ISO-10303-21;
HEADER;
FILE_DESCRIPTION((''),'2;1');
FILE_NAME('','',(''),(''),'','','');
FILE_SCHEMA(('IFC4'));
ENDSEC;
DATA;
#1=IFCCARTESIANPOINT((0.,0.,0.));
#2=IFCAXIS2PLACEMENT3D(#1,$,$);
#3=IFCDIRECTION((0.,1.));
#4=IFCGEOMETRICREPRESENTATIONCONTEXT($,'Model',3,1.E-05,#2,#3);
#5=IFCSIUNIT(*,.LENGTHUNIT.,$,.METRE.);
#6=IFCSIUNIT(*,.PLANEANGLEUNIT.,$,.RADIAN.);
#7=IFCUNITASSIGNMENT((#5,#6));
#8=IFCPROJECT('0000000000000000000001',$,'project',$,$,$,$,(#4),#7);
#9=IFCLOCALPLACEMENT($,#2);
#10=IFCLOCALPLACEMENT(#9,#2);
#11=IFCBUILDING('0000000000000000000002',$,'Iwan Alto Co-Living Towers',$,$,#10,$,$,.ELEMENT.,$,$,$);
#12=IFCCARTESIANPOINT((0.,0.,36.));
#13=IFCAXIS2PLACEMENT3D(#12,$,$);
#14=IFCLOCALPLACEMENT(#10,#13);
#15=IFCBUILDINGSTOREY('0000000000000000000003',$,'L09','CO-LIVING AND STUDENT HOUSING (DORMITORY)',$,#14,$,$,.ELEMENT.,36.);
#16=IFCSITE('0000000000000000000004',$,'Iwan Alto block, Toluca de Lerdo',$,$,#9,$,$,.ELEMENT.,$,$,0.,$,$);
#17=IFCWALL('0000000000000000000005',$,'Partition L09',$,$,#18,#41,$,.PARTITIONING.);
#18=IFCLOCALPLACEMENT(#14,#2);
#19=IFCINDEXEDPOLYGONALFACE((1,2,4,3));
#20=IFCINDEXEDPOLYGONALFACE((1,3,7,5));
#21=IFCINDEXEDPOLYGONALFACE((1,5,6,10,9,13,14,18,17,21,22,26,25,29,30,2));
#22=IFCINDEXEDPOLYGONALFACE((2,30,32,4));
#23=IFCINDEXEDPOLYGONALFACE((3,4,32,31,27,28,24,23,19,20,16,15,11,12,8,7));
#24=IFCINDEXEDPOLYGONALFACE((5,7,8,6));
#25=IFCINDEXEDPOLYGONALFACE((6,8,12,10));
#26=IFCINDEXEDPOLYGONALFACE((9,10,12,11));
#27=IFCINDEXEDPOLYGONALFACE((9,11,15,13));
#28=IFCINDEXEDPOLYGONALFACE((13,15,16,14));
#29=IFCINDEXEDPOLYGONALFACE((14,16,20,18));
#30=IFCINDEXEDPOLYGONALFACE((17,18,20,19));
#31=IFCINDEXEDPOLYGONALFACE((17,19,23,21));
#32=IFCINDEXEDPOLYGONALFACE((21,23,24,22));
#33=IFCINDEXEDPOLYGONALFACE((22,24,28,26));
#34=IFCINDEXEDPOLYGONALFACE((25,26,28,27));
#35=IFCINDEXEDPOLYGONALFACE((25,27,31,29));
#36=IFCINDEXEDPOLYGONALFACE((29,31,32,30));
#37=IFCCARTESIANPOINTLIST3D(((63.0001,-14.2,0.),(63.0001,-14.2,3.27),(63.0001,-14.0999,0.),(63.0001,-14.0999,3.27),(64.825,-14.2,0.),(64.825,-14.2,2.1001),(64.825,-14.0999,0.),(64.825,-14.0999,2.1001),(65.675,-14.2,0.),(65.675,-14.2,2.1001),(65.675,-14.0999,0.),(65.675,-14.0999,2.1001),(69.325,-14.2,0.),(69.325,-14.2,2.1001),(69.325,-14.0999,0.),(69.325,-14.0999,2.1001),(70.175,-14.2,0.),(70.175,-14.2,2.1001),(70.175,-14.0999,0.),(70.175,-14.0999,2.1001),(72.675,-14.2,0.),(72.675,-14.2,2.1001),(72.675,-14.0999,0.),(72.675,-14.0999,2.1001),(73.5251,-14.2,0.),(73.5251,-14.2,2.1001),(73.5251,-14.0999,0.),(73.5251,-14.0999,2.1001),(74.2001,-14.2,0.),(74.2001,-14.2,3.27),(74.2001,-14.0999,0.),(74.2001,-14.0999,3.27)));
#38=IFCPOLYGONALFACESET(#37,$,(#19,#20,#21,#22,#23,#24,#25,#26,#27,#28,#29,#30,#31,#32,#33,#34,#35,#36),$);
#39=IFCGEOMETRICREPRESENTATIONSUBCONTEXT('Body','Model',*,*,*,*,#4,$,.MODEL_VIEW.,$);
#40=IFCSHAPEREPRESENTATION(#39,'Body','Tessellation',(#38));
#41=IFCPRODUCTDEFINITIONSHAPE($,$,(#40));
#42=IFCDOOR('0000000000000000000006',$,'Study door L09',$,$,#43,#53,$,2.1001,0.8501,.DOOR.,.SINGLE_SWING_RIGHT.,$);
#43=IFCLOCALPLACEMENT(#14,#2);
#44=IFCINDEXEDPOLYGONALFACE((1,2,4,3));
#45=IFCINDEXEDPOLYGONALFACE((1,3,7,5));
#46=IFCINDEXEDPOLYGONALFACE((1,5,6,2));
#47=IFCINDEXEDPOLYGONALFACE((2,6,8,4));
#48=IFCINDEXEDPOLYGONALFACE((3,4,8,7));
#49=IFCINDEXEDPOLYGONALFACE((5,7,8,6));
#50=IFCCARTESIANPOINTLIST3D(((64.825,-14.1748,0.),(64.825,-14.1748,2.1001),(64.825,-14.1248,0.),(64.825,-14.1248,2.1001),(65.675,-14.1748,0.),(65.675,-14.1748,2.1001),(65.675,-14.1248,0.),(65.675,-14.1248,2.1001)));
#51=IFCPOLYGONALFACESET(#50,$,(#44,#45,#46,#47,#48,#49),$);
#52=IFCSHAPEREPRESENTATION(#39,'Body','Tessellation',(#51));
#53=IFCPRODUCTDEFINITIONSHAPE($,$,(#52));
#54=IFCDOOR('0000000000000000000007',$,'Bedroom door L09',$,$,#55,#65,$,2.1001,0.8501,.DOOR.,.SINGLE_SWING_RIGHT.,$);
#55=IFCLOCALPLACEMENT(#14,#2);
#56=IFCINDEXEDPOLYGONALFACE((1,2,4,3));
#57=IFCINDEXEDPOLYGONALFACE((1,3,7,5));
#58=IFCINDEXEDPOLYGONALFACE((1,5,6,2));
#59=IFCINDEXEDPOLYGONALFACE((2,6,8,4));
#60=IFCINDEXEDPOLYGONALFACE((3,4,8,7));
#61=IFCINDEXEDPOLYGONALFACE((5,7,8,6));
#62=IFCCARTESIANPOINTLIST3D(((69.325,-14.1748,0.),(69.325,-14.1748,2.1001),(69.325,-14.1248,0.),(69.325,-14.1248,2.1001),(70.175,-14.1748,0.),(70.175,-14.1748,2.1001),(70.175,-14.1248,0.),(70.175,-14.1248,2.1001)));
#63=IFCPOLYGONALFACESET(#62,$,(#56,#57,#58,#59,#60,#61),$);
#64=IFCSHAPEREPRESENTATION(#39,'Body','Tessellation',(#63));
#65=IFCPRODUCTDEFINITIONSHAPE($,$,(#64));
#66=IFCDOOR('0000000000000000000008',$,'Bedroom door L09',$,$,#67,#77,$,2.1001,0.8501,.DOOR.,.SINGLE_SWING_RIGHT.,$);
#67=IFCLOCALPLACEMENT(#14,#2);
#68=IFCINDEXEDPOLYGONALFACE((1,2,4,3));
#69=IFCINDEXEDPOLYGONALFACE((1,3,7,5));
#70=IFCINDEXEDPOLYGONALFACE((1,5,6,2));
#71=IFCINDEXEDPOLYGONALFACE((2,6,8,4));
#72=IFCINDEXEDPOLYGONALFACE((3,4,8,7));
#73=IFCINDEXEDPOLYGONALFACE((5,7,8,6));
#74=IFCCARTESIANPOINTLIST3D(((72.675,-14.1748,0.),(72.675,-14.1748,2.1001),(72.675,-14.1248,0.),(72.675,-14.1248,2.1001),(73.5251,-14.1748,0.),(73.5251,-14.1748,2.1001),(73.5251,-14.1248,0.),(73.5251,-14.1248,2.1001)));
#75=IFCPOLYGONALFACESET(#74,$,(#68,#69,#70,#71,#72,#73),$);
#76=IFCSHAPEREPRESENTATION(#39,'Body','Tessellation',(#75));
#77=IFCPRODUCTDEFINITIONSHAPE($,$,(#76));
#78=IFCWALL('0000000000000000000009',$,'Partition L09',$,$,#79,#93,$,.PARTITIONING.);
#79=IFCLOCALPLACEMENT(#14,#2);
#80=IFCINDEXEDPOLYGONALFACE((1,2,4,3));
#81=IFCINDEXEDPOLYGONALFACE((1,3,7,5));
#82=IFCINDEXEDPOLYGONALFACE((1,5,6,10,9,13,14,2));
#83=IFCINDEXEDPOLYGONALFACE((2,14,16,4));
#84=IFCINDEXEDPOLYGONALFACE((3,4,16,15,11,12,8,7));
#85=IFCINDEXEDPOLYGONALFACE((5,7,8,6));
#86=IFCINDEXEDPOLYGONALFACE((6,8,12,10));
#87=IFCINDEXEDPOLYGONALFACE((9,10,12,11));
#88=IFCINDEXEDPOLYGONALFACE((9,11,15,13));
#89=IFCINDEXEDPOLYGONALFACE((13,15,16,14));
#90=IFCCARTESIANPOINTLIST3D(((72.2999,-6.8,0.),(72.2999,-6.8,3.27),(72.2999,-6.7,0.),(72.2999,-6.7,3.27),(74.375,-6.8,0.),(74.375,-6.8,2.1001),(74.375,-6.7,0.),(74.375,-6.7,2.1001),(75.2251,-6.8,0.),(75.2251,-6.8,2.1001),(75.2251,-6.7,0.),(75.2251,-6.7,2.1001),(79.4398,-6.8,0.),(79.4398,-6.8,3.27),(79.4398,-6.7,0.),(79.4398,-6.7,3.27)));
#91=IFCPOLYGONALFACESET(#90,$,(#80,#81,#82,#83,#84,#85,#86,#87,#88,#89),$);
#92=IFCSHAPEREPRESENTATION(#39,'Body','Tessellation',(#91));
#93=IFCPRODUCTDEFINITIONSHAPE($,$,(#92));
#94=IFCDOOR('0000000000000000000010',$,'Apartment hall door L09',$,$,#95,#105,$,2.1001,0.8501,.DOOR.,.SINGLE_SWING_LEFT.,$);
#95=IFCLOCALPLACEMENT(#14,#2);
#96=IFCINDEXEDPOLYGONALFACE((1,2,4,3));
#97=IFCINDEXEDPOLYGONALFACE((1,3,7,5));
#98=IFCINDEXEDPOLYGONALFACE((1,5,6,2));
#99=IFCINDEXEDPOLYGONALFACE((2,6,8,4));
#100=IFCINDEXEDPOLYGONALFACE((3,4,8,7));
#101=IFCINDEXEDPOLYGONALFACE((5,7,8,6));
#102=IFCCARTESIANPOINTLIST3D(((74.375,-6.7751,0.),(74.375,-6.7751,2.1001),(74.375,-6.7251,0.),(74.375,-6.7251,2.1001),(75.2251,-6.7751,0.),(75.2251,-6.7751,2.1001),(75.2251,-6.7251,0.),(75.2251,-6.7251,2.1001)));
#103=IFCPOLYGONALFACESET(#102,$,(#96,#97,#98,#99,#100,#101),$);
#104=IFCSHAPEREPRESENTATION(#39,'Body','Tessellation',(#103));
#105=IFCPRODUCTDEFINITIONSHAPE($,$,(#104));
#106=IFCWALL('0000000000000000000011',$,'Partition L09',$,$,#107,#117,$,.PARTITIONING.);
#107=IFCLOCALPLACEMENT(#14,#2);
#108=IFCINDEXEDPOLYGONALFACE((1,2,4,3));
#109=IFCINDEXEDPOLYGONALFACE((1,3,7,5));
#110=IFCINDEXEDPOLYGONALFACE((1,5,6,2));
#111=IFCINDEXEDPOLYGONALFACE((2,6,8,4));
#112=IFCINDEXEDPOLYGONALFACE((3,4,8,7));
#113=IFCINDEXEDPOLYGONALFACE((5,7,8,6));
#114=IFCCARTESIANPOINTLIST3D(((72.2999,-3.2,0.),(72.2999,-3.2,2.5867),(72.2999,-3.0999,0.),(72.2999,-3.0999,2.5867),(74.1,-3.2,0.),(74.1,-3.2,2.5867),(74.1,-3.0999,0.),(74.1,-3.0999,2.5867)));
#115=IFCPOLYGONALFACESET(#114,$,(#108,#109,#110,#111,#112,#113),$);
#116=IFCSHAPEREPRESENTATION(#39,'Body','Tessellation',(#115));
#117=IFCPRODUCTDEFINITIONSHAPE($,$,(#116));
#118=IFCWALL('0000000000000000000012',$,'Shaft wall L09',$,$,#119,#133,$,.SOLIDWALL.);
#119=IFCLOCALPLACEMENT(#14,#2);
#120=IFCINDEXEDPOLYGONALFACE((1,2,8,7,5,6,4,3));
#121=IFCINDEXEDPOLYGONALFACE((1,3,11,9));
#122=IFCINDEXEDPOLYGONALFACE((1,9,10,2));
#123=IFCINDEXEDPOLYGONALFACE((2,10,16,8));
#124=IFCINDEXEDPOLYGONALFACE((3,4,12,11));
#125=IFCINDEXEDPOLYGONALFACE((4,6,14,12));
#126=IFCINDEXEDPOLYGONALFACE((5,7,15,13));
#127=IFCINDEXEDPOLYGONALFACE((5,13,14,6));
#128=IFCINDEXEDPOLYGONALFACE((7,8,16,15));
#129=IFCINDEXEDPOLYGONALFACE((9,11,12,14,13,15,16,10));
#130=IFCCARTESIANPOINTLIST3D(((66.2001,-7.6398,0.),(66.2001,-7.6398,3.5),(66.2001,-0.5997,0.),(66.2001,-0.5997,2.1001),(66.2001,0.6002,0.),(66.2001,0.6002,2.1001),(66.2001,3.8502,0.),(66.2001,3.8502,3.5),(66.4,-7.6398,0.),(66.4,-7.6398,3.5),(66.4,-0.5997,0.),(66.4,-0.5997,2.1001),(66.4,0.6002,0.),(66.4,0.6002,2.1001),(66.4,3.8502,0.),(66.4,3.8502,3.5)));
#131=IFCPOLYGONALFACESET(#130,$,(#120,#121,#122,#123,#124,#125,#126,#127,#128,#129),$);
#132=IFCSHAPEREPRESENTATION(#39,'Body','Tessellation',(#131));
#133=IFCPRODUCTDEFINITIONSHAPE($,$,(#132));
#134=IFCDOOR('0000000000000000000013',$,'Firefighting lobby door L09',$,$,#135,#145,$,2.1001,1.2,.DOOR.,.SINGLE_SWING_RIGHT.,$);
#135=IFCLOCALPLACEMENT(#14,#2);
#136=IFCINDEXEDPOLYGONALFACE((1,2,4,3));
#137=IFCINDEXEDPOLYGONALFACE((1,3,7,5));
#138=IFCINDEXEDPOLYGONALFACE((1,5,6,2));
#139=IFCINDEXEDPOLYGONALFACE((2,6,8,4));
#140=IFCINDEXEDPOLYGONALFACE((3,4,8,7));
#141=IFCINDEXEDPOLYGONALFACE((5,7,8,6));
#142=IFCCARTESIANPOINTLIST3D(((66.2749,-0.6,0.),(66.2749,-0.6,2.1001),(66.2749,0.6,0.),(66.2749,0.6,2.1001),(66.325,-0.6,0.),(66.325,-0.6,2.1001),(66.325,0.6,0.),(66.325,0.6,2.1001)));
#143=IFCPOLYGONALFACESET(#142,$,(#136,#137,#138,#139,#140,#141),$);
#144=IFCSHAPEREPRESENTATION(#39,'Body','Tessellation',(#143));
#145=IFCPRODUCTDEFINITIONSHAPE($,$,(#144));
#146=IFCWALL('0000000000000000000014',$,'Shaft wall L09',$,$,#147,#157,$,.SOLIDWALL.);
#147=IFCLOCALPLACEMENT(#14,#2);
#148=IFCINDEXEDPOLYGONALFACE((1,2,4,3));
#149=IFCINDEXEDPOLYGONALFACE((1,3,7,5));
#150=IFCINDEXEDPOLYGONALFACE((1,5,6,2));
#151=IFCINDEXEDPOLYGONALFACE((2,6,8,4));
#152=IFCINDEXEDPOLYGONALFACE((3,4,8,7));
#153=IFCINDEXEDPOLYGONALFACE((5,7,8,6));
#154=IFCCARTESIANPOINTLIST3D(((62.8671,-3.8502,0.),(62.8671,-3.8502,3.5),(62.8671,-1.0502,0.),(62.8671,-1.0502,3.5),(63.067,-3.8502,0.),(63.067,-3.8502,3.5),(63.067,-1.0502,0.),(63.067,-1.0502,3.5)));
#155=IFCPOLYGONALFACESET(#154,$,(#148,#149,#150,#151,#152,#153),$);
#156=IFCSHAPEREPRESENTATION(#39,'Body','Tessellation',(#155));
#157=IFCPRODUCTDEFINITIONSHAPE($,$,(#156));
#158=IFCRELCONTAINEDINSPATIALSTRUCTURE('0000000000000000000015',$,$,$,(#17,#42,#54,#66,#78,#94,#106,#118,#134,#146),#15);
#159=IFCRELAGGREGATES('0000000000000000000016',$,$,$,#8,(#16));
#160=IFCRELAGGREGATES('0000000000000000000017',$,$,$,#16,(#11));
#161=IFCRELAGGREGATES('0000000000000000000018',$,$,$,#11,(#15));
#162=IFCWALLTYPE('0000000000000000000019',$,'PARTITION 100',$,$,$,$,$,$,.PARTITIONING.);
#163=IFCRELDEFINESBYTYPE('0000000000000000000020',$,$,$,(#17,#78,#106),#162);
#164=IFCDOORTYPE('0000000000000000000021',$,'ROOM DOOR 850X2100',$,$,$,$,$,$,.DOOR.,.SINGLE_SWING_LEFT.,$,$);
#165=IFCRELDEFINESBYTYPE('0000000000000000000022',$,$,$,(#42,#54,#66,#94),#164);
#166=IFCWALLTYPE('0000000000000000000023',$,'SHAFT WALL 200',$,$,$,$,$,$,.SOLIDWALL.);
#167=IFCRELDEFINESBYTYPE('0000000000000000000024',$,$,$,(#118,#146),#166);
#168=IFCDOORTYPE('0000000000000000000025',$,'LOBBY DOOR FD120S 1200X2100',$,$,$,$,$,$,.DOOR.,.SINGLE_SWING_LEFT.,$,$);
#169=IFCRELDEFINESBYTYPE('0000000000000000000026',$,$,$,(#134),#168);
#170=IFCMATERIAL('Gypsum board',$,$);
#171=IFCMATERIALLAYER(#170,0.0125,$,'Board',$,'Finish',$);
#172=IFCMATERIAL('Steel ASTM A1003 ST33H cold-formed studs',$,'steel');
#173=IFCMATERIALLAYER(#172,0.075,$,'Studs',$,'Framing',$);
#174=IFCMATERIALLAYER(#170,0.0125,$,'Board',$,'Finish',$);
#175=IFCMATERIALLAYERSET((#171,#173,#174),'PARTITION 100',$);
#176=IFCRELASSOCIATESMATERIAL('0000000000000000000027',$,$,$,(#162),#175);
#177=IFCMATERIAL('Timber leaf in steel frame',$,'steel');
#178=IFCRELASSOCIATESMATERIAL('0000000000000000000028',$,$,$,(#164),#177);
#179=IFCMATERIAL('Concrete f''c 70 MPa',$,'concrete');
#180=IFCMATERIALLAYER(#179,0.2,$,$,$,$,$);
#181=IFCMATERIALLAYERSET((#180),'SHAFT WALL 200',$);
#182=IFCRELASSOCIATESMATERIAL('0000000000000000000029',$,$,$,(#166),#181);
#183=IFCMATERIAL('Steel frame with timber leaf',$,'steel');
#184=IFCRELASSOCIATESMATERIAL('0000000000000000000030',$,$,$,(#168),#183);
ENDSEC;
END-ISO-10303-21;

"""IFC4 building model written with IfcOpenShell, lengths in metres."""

from ifc_helpers import new_model, si_unit, direction, frame, frame_2d, origin, place, context, subcontext, project, spatial, rectangle, extrude, material, layer, layer_set, type_object, element, fill, save


model = new_model("IFC4")

# Units and contexts
model_context = context("Model", 3, precision=1e-05, world=origin(), true_north=direction((0.0, 1.0)))
body_context = subcontext(model_context, "Body", "Model", "MODEL_VIEW")
ifc_project = project(units=[si_unit("LENGTHUNIT", "METRE"), si_unit("PLANEANGLEUNIT", "RADIAN")], contexts=[model_context])

# Site, building, storey
site_placement = place(None, origin())
site = spatial("IfcSite", under=ifc_project, at=site_placement, Name="Iwan Alto block, Toluca de Lerdo", CompositionType="ELEMENT", RefElevation=0.0)
building_placement = place(site_placement, origin())
building = spatial("IfcBuilding", under=site, at=building_placement, Name="Iwan Alto Co-Living Towers", CompositionType="ELEMENT")
storey_placement = place(building_placement, frame((0.0, 0.0, 36.0)))
storey = spatial("IfcBuildingStorey", under=building, at=storey_placement, Name="L09", Description="CO-LIVING AND STUDENT HOUSING (DORMITORY)", CompositionType="ELEMENT", Elevation=36.0)

# Shared definitions
ifc_material_1 = material(Name="Gypsum board")
ifc_material_2 = material(Name="Steel ASTM A1003 ST33H cold-formed studs", Category="steel")

# Wall, openings, doors
ifc_layer_1 = layer(ifc_material_1, 0.0125, Name="Board", Category="Finish")
ifc_layer_2 = layer(ifc_material_2, 0.075, Name="Studs", Category="Framing")
ifc_layer_3 = layer(ifc_material_1, 0.0125, Name="Board", Category="Finish")
ifc_layer_set_1 = layer_set([ifc_layer_1, ifc_layer_2, ifc_layer_3], Name="PARTITION 100")
wall_type_1 = type_object("IfcWallType", Name="PARTITION 100", PredefinedType="PARTITIONING", material=ifc_layer_set_1)
wall_1_placement = place(storey_placement, frame((63.0, -14.1499, 0.0), z_axis=(0.0, 0.0, 1.0), x_axis=(1.0, 0.0, 0.0)))
wall_1 = element("IfcWall", 1, at=wall_1_placement, inside=storey, type_object=wall_type_1, Name="Partition L09", PredefinedType="PARTITIONING", context=body_context, shape_type="SweptSolid", body=[
    extrude(rectangle(XDim=11.2, YDim=0.1001, at=frame_2d((5.6001, 0.0))), origin(), (0.0, 0.0, 1.0), 3.27),
])
opening_1_placement = place(wall_1_placement, frame((1.825, 0.0, 0.0)))
opening_1 = element("IfcOpeningElement", 2, at=opening_1_placement, cuts=wall_1, PredefinedType="OPENING", context=body_context, shape_type="SweptSolid", body=[
    extrude(rectangle(XDim=0.8501, YDim=2.1001, at=frame_2d((0.425, 1.05))), frame((0.0, 0.0601, 0.0), z_axis=(0.0, -1.0, 0.0), x_axis=(1.0, 0.0, 0.0)), (0.0, 0.0, 1.0), 0.1201),
])
opening_2_placement = place(wall_1_placement, frame((6.325, 0.0, 0.0)))
opening_2 = element("IfcOpeningElement", 3, at=opening_2_placement, cuts=wall_1, PredefinedType="OPENING", context=body_context, shape_type="SweptSolid", body=[
    extrude(rectangle(XDim=0.8501, YDim=2.1001, at=frame_2d((0.425, 1.05))), frame((0.0, 0.0601, 0.0), z_axis=(0.0, -1.0, 0.0), x_axis=(1.0, 0.0, 0.0)), (0.0, 0.0, 1.0), 0.1201),
])
opening_3_placement = place(wall_1_placement, frame((9.675, 0.0, 0.0)))
opening_3 = element("IfcOpeningElement", 4, at=opening_3_placement, cuts=wall_1, PredefinedType="OPENING", context=body_context, shape_type="SweptSolid", body=[
    extrude(rectangle(XDim=0.8501, YDim=2.1001, at=frame_2d((0.425, 1.05))), frame((0.0, 0.0601, 0.0), z_axis=(0.0, -1.0, 0.0), x_axis=(1.0, 0.0, 0.0)), (0.0, 0.0, 1.0), 0.1201),
])
ifc_material_3 = material(Name="Timber leaf in steel frame", Category="steel")
door_type_1 = type_object("IfcDoorType", Name="ROOM DOOR 850X2100", OperationType="SINGLE_SWING_LEFT", PredefinedType="DOOR", material=ifc_material_3)
door_1_placement = place(opening_1_placement, frame((0.8501, 0.0, 0.0), z_axis=(0.0, 0.0, 1.0), x_axis=(-1.0, 0.0, 0.0)))
door_1 = element("IfcDoor", 5, at=door_1_placement, inside=storey, type_object=door_type_1, Name="Study door L09", OperationType="SINGLE_SWING_RIGHT", OverallHeight=2.1001, OverallWidth=0.8501, PredefinedType="DOOR", context=body_context, shape_type="SweptSolid", body=[
    extrude(rectangle(XDim=0.8501, YDim=2.1001, at=frame_2d((0.425, 1.05))), frame((0.0, 0.0249, 0.0), z_axis=(0.0, -1.0, 0.0), x_axis=(1.0, 0.0, 0.0)), (0.0, 0.0, 1.0), 0.05),
])
fill(opening_1, door_1)
door_2_placement = place(opening_2_placement, frame((0.8501, 0.0, 0.0), z_axis=(0.0, 0.0, 1.0), x_axis=(-1.0, 0.0, 0.0)))
door_2 = element("IfcDoor", 6, at=door_2_placement, inside=storey, type_object=door_type_1, Name="Bedroom door L09", OperationType="SINGLE_SWING_RIGHT", OverallHeight=2.1001, OverallWidth=0.8501, PredefinedType="DOOR", context=body_context, shape_type="SweptSolid", body=[
    extrude(rectangle(XDim=0.8501, YDim=2.1001, at=frame_2d((0.425, 1.05))), frame((0.0, 0.0249, 0.0), z_axis=(0.0, -1.0, 0.0), x_axis=(1.0, 0.0, 0.0)), (0.0, 0.0, 1.0), 0.05),
])
fill(opening_2, door_2)
door_3_placement = place(opening_3_placement, frame((0.8501, 0.0, 0.0), z_axis=(0.0, 0.0, 1.0), x_axis=(-1.0, 0.0, 0.0)))
door_3 = element("IfcDoor", 7, at=door_3_placement, inside=storey, type_object=door_type_1, Name="Bedroom door L09", OperationType="SINGLE_SWING_RIGHT", OverallHeight=2.1001, OverallWidth=0.8501, PredefinedType="DOOR", context=body_context, shape_type="SweptSolid", body=[
    extrude(rectangle(XDim=0.8501, YDim=2.1001, at=frame_2d((0.425, 1.05))), frame((0.0, 0.0249, 0.0), z_axis=(0.0, -1.0, 0.0), x_axis=(1.0, 0.0, 0.0)), (0.0, 0.0, 1.0), 0.05),
])
fill(opening_3, door_3)

# Wall, opening, door
wall_2_placement = place(storey_placement, frame((72.3, -6.75, 0.0), z_axis=(0.0, 0.0, 1.0), x_axis=(1.0, 0.0, 0.0)))
wall_2 = element("IfcWall", 8, at=wall_2_placement, inside=storey, type_object=wall_type_1, Name="Partition L09", PredefinedType="PARTITIONING", context=body_context, shape_type="SweptSolid", body=[
    extrude(rectangle(XDim=7.1399, YDim=0.1001, at=frame_2d((3.5698, 0.0))), origin(), (0.0, 0.0, 1.0), 3.27),
])
opening_4_placement = place(wall_2_placement, frame((2.075, 0.0, 0.0)))
opening_4 = element("IfcOpeningElement", 9, at=opening_4_placement, cuts=wall_2, PredefinedType="OPENING", context=body_context, shape_type="SweptSolid", body=[
    extrude(rectangle(XDim=0.8501, YDim=2.1001, at=frame_2d((0.425, 1.05))), frame((0.0, 0.0601, 0.0), z_axis=(0.0, -1.0, 0.0), x_axis=(1.0, 0.0, 0.0)), (0.0, 0.0, 1.0), 0.1201),
])
door_4_placement = place(opening_4_placement, origin())
door_4 = element("IfcDoor", 10, at=door_4_placement, inside=storey, type_object=door_type_1, Name="Apartment hall door L09", OperationType="SINGLE_SWING_LEFT", OverallHeight=2.1001, OverallWidth=0.8501, PredefinedType="DOOR", context=body_context, shape_type="SweptSolid", body=[
    extrude(rectangle(XDim=0.8501, YDim=2.1001, at=frame_2d((0.425, 1.05))), frame((0.0, 0.0249, 0.0), z_axis=(0.0, -1.0, 0.0), x_axis=(1.0, 0.0, 0.0)), (0.0, 0.0, 1.0), 0.05),
])
fill(opening_4, door_4)

# Wall
wall_3_placement = place(storey_placement, frame((72.3, -3.1499, 0.0), z_axis=(0.0, 0.0, 1.0), x_axis=(1.0, 0.0, 0.0)))
element("IfcWall", 11, at=wall_3_placement, inside=storey, type_object=wall_type_1, Name="Partition L09", PredefinedType="PARTITIONING", context=body_context, shape_type="SweptSolid", body=[
    extrude(rectangle(XDim=1.8, YDim=0.1001, at=frame_2d((0.8999, 0.0))), origin(), (0.0, 0.0, 1.0), 2.5867),
])

# Wall, opening, door
ifc_material_4 = material(Name="Concrete f'c 70 MPa", Category="concrete")
ifc_layer_4 = layer(ifc_material_4, 0.2)
ifc_layer_set_2 = layer_set([ifc_layer_4], Name="SHAFT WALL 200")
wall_type_2 = type_object("IfcWallType", Name="SHAFT WALL 200", PredefinedType="SOLIDWALL", material=ifc_layer_set_2)
wall_4_placement = place(storey_placement, frame((66.3, -7.6399, 0.0), z_axis=(0.0, 0.0, 1.0), x_axis=(0.0, 1.0, 0.0)))
wall_4 = element("IfcWall", 12, at=wall_4_placement, inside=storey, type_object=wall_type_2, Name="Shaft wall L09", PredefinedType="SOLIDWALL", context=body_context, shape_type="SweptSolid", body=[
    extrude(rectangle(XDim=11.49, YDim=0.2, at=frame_2d((5.7451, 0.0))), origin(), (0.0, 0.0, 1.0), 3.5),
])
opening_5_placement = place(wall_4_placement, frame((7.04, 0.0, 0.0)))
opening_5 = element("IfcOpeningElement", 13, at=opening_5_placement, cuts=wall_4, PredefinedType="OPENING", context=body_context, shape_type="SweptSolid", body=[
    extrude(rectangle(XDim=1.2, YDim=2.1001, at=frame_2d((0.6001, 1.05))), frame((0.0, 0.1099, 0.0), z_axis=(0.0, -1.0, 0.0), x_axis=(1.0, 0.0, 0.0)), (0.0, 0.0, 1.0), 0.22),
])
ifc_material_5 = material(Name="Steel frame with timber leaf", Category="steel")
door_type_2 = type_object("IfcDoorType", Name="LOBBY DOOR FD120S 1200X2100", OperationType="SINGLE_SWING_LEFT", PredefinedType="DOOR", material=ifc_material_5)
door_5_placement = place(opening_5_placement, frame((1.2, 0.0, 0.0), z_axis=(0.0, 0.0, 1.0), x_axis=(-1.0, 0.0, 0.0)))
door_5 = element("IfcDoor", 14, at=door_5_placement, inside=storey, type_object=door_type_2, Name="Firefighting lobby door L09", OperationType="SINGLE_SWING_RIGHT", OverallHeight=2.1001, OverallWidth=1.2, PredefinedType="DOOR", context=body_context, shape_type="SweptSolid", body=[
    extrude(rectangle(XDim=1.2, YDim=2.1001, at=frame_2d((0.6001, 1.05))), frame((0.0, 0.0249, 0.0), z_axis=(0.0, -1.0, 0.0), x_axis=(1.0, 0.0, 0.0)), (0.0, 0.0, 1.0), 0.05),
])
fill(opening_5, door_5)

# Wall
wall_5_placement = place(storey_placement, frame((62.967, -3.8501, 0.0), z_axis=(0.0, 0.0, 1.0), x_axis=(0.0, 1.0, 0.0)))
element("IfcWall", 15, at=wall_5_placement, inside=storey, type_object=wall_type_2, Name="Shaft wall L09", PredefinedType="SOLIDWALL", context=body_context, shape_type="SweptSolid", body=[
    extrude(rectangle(XDim=2.8, YDim=0.2, at=frame_2d((1.3999, 0.0))), origin(), (0.0, 0.0, 1.0), 3.5),
])

save(model, "model.ifc")
